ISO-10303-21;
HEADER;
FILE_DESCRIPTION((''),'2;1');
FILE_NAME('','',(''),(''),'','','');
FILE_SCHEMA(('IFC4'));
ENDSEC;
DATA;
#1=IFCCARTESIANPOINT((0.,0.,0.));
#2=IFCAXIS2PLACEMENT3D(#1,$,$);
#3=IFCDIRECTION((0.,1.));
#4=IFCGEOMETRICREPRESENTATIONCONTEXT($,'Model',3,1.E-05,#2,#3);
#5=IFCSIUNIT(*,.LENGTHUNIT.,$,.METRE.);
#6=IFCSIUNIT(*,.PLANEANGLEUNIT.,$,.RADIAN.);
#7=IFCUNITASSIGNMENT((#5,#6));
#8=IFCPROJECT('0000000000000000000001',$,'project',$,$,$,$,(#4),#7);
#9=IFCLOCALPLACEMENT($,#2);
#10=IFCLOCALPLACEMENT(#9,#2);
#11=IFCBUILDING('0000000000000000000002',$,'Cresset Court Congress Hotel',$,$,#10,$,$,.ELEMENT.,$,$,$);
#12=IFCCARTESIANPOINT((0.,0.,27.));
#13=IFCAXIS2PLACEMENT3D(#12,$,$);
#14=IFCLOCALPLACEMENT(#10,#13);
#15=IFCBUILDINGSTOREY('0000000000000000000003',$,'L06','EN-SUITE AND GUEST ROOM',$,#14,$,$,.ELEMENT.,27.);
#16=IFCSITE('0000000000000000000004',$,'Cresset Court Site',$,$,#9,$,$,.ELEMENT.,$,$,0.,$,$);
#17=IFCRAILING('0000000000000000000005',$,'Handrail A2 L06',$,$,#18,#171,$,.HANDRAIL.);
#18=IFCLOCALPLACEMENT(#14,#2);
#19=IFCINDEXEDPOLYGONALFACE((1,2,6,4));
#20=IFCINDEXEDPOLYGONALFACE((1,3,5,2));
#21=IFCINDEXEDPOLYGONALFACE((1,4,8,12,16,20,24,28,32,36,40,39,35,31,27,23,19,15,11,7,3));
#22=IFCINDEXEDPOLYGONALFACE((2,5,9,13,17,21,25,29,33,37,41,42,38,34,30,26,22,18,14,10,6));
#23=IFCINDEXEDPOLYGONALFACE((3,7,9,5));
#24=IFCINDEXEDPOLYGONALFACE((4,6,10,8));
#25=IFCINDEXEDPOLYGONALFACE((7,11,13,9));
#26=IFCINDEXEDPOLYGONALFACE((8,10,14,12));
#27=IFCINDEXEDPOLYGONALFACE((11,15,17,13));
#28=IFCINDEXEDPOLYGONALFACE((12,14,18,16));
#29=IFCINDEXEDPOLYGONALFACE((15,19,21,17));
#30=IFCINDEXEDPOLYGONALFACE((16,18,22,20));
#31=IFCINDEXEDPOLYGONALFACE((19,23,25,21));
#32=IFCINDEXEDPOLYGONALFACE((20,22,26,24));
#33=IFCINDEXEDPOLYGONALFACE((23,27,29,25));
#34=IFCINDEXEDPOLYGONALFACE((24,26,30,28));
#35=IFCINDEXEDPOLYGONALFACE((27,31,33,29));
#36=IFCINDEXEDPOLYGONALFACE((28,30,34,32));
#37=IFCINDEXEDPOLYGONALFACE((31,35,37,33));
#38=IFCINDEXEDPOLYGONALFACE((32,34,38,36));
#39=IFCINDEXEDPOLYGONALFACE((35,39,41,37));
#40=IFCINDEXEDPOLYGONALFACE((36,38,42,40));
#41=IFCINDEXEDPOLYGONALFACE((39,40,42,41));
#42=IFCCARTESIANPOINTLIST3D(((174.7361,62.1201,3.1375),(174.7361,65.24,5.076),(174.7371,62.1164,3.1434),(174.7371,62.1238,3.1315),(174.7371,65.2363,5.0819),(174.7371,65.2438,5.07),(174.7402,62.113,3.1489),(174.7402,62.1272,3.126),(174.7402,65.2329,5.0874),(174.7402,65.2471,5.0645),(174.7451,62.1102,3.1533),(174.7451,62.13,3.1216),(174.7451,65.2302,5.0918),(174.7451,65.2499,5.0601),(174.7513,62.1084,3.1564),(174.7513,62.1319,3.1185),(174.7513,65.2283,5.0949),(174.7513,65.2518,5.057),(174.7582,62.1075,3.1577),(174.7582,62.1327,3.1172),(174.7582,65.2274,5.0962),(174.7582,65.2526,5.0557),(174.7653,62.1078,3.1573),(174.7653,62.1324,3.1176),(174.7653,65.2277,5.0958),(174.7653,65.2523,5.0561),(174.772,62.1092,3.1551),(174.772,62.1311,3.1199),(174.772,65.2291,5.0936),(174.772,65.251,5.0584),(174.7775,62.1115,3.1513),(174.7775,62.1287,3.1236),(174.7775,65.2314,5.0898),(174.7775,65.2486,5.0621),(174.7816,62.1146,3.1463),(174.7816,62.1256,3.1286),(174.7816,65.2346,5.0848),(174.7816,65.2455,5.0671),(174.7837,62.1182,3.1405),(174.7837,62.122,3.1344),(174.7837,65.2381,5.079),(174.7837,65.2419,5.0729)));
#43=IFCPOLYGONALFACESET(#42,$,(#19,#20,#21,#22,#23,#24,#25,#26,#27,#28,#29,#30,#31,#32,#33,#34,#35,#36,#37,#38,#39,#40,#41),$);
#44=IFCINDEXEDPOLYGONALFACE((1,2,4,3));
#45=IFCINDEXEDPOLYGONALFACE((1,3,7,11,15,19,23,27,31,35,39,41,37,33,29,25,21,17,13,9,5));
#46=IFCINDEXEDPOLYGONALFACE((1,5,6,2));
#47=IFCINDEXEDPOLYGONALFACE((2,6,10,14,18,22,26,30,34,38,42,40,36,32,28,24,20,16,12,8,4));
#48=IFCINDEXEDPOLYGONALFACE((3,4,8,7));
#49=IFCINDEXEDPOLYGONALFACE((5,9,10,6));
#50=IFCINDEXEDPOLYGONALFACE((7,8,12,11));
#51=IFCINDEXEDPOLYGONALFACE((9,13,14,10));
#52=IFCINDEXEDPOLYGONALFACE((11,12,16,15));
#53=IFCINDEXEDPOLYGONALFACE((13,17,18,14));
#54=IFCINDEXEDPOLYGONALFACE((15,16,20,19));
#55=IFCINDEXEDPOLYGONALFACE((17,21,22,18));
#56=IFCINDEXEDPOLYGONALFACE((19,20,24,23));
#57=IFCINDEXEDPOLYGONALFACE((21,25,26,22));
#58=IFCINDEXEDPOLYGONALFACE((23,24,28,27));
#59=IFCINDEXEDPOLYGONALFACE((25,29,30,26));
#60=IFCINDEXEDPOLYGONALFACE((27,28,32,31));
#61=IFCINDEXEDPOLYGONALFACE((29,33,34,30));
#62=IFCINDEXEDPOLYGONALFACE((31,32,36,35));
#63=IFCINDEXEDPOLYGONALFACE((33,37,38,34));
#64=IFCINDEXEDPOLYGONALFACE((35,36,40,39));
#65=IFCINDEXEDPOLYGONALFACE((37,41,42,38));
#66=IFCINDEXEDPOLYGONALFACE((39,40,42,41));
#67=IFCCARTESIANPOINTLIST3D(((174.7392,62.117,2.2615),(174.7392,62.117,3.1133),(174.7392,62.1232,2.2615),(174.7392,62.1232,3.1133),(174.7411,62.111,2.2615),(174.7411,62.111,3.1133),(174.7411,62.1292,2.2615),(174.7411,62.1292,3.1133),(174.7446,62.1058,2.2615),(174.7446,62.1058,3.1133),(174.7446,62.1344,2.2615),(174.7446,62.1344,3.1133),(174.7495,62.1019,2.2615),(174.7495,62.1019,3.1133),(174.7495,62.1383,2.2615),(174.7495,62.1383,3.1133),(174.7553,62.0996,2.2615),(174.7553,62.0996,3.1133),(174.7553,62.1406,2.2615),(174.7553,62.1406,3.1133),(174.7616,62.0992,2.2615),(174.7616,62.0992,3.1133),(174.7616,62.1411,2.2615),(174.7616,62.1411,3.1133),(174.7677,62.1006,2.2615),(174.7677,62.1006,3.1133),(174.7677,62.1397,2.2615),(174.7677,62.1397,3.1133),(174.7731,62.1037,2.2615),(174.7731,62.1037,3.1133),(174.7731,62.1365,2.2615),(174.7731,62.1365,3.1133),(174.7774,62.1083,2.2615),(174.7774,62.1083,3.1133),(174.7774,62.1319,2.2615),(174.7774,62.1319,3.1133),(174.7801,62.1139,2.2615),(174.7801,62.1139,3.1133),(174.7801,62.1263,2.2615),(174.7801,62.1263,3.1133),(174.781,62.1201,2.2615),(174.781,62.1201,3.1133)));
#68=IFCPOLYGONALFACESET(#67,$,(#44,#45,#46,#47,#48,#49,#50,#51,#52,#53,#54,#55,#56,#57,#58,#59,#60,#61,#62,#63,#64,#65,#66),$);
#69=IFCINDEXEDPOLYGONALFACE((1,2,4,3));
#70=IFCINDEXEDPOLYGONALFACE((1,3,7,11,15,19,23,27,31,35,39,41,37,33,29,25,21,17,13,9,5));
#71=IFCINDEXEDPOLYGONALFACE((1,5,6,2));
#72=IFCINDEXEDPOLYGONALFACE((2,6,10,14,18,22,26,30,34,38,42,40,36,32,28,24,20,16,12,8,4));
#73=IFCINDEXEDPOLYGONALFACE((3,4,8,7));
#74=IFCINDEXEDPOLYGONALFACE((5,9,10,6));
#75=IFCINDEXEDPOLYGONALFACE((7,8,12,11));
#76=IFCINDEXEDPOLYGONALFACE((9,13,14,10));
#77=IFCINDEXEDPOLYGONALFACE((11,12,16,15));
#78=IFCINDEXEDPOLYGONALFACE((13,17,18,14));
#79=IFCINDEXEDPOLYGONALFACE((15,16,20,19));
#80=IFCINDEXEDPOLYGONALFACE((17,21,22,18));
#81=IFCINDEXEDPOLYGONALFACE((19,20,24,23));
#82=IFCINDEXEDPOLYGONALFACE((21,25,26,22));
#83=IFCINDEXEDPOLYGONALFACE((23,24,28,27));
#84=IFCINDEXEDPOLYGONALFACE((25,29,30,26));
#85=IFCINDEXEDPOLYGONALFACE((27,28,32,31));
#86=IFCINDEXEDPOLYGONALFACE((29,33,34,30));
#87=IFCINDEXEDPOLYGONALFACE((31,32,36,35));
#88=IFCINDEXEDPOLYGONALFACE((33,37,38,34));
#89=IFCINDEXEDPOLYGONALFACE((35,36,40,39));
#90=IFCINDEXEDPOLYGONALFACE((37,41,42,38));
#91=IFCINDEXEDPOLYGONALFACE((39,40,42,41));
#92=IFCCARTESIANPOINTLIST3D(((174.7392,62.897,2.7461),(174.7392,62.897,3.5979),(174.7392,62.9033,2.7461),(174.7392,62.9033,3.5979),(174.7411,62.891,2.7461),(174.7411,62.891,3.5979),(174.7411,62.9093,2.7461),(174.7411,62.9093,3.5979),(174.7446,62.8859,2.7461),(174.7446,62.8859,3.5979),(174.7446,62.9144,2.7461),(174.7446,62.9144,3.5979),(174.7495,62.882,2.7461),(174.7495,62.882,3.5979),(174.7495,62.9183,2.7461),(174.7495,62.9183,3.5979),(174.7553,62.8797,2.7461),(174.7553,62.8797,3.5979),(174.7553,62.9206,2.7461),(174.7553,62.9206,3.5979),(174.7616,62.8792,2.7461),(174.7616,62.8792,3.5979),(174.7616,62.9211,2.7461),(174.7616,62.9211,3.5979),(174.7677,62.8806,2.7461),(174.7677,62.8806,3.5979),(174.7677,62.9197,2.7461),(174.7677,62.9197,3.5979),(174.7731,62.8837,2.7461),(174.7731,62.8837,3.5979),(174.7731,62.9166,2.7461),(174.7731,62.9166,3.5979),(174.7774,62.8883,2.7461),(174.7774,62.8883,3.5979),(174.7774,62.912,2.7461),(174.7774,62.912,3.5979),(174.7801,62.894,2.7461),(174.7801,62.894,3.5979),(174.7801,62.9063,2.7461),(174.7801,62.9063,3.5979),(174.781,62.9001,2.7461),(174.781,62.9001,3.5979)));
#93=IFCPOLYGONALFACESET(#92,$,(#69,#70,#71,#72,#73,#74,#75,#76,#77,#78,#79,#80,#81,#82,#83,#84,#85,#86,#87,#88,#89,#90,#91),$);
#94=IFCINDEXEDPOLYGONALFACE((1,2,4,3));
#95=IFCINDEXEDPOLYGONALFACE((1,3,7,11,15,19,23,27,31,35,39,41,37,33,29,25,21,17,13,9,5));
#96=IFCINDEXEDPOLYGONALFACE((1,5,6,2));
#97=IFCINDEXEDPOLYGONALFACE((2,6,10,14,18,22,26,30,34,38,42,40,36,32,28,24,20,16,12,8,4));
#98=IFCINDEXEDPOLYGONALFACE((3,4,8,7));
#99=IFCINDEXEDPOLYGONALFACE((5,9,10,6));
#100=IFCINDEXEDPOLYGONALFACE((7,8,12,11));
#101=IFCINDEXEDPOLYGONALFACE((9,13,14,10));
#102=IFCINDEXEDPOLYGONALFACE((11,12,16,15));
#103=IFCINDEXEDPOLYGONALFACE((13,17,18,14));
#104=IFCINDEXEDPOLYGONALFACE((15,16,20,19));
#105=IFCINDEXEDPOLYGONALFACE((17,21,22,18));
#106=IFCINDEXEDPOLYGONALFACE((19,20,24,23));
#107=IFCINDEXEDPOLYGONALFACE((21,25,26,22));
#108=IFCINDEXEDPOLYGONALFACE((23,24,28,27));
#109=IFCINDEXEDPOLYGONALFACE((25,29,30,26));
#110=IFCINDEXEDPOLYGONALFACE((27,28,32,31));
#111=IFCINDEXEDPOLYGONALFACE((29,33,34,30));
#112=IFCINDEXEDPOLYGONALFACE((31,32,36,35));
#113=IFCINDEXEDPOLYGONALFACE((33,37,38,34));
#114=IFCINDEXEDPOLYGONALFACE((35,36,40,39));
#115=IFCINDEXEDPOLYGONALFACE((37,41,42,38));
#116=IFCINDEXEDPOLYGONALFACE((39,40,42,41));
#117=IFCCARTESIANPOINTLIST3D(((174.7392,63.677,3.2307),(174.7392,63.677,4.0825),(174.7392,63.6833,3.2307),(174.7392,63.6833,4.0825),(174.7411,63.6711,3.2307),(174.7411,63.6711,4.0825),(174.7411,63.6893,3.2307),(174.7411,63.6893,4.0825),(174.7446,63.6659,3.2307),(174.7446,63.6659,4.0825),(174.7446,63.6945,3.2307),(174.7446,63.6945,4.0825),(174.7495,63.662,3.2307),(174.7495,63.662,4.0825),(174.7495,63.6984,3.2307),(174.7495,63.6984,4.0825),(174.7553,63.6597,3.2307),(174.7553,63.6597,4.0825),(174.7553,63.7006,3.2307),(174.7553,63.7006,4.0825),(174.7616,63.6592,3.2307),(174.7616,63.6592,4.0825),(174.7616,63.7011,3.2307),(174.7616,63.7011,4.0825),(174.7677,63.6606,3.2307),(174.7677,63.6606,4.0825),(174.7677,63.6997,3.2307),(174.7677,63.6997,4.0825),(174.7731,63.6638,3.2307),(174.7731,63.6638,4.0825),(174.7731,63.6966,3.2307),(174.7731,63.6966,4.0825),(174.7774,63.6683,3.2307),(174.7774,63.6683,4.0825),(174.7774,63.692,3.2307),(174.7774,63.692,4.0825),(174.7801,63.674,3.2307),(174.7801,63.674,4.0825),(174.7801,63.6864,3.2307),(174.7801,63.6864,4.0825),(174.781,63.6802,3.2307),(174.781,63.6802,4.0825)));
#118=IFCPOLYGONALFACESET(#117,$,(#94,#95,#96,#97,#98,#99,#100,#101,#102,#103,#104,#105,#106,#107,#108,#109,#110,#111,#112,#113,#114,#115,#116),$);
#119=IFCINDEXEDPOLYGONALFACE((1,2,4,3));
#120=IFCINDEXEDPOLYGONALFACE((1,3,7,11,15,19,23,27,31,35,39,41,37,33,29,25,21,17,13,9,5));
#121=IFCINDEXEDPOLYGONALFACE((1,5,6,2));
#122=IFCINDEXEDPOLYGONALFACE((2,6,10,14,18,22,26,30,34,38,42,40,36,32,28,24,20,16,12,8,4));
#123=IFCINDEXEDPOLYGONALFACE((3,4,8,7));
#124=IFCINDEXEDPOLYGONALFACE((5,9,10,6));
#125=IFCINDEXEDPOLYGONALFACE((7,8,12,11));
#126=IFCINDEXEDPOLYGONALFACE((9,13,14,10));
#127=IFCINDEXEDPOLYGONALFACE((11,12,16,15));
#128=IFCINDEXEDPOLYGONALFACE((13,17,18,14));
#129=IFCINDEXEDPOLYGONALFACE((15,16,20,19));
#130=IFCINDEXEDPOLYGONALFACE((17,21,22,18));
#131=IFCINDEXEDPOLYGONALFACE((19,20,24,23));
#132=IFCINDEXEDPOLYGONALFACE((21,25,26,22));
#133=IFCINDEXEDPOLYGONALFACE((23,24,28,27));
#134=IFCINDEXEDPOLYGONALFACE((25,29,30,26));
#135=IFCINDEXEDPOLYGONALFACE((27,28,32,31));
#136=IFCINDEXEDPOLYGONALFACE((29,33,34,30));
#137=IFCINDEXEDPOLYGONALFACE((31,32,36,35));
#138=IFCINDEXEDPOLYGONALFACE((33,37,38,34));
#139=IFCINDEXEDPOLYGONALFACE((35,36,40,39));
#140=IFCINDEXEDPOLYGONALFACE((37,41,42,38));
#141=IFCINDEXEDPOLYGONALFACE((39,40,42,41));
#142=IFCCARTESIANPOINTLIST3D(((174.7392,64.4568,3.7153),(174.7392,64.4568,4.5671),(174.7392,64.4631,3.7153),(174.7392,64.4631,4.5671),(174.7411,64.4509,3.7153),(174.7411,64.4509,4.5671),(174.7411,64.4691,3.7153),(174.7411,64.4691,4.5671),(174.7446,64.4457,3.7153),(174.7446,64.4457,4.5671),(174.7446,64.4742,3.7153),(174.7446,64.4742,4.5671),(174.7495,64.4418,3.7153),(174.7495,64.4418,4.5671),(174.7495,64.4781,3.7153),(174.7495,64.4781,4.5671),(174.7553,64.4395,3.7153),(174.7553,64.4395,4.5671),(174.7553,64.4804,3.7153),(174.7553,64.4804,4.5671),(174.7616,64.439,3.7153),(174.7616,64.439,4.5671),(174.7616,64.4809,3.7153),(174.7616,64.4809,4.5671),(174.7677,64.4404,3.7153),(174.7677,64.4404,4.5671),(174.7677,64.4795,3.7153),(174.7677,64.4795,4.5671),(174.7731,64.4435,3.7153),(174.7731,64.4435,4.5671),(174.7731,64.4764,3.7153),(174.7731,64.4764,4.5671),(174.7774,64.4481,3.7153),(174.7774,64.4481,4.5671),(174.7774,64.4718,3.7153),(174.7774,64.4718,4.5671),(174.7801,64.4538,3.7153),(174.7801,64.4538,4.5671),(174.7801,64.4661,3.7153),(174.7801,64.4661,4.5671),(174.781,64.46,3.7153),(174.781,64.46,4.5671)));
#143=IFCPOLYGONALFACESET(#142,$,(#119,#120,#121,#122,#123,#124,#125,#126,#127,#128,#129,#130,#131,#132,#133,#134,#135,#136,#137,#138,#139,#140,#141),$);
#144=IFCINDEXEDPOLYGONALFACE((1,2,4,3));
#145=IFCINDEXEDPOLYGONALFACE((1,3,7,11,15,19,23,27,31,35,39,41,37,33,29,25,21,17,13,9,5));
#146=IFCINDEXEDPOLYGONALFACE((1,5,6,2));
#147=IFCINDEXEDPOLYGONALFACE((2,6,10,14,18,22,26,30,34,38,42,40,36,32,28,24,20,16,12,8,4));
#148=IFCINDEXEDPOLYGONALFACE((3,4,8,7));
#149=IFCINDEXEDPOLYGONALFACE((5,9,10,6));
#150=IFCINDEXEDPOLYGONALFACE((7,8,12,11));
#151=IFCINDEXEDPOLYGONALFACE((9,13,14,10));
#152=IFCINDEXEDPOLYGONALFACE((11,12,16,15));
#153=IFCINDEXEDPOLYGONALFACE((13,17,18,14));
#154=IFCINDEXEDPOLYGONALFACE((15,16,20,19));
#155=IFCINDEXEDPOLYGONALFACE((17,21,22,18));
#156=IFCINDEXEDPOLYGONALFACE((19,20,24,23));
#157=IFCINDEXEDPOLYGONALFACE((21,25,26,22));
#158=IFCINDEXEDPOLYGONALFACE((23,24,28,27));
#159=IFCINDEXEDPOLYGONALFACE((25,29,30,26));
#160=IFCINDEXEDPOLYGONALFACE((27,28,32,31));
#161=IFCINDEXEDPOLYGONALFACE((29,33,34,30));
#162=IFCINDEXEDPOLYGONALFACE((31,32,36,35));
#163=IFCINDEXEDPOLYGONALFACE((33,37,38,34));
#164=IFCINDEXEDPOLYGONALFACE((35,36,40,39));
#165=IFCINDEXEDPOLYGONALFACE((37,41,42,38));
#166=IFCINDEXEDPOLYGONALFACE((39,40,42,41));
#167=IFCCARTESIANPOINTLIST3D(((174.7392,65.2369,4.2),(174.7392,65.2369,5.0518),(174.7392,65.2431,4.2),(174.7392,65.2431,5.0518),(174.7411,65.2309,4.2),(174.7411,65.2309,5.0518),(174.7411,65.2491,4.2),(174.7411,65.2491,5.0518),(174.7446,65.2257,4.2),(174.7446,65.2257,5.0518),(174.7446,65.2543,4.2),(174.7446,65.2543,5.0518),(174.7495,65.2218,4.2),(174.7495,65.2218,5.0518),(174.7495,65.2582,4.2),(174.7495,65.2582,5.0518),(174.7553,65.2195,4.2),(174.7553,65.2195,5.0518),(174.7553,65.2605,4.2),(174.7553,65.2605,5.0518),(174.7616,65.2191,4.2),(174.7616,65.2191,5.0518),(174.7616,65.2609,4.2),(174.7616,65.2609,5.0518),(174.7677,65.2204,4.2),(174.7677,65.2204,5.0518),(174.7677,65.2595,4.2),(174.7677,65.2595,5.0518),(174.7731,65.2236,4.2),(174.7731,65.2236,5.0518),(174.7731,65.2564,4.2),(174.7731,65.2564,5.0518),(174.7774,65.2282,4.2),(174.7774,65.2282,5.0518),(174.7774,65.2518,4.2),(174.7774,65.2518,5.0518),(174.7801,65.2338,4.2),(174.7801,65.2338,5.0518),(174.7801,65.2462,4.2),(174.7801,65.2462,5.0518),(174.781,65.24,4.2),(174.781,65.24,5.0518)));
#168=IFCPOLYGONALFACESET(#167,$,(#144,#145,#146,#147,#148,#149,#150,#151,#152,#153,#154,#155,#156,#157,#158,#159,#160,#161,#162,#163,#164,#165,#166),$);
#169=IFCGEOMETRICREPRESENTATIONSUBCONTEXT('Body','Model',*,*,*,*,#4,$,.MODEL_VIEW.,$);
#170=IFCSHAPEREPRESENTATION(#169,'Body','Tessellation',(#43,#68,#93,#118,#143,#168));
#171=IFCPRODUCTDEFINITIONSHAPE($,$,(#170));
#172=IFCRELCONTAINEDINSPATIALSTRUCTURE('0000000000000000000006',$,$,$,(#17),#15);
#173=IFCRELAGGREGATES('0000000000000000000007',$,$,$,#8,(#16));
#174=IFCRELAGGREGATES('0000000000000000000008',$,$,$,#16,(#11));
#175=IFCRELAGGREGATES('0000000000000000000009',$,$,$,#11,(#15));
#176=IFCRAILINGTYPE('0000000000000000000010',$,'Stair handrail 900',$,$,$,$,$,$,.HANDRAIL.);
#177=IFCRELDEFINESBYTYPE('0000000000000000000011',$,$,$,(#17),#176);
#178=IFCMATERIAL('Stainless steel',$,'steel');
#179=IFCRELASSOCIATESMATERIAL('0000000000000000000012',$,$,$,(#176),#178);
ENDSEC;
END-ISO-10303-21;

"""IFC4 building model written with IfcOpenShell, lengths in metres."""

from ifc_helpers import new_model, si_unit, direction, frame, origin, origin_2d, place, context, subcontext, project, spatial, circle, extrude, material, type_object, element, save


model = new_model("IFC4")

# Units and contexts
model_context = context("Model", 3, precision=1e-05, world=origin(), true_north=direction((0.0, 1.0)))
body_context = subcontext(model_context, "Body", "Model", "MODEL_VIEW")
ifc_project = project(units=[si_unit("LENGTHUNIT", "METRE"), si_unit("PLANEANGLEUNIT", "RADIAN")], contexts=[model_context])

# Site, building, storey
site_placement = place(None, origin())
site = spatial("IfcSite", under=ifc_project, at=site_placement, Name="Cresset Court Site", CompositionType="ELEMENT", RefElevation=0.0)
building_placement = place(site_placement, origin())
building = spatial("IfcBuilding", under=site, at=building_placement, Name="Cresset Court Congress Hotel", CompositionType="ELEMENT")
storey_placement = place(building_placement, frame((0.0, 0.0, 27.0)))
storey = spatial("IfcBuildingStorey", under=building, at=storey_placement, Name="L06", Description="EN-SUITE AND GUEST ROOM", CompositionType="ELEMENT", Elevation=27.0)

# Railing
ifc_material_1 = material(Name="Stainless steel", Category="steel")
railing_type_1 = type_object("IfcRailingType", Name="Stair handrail 900", PredefinedType="HANDRAIL", material=ifc_material_1)
for number, where, name in (
    (1, (174.76, 62.1201, 2.2615), "Handrail A2 L06"),
):
    element("IfcRailing", number, at=place(storey_placement, frame(where)), inside=storey, type_object=railing_type_1, Name=name, PredefinedType="HANDRAIL", context=body_context, shape_type="SweptSolid", body=[
        extrude(circle(Radius=0.0239, at=origin_2d()), frame((0.0, 0.0, 0.876), z_axis=(0.0, 0.849396, 0.527757), x_axis=(-1.0, 0.0, 0.0)), (0.0, 0.0, 1.0), 3.6731),
        extrude(circle(Radius=0.021, at=origin_2d()), origin(), (0.0, 0.0, 1.0), 0.8518),
        extrude(circle(Radius=0.021, at=origin_2d()), frame((0.0, 0.78, 0.4846)), (0.0, 0.0, 1.0), 0.8518),
        extrude(circle(Radius=0.021, at=origin_2d()), frame((0.0, 1.5601, 0.9692)), (0.0, 0.0, 1.0), 0.8518),
        extrude(circle(Radius=0.021, at=origin_2d()), frame((0.0, 2.3398, 1.4539)), (0.0, 0.0, 1.0), 0.8518),
        extrude(circle(Radius=0.021, at=origin_2d()), frame((0.0, 3.1199, 1.9385)), (0.0, 0.0, 1.0), 0.8518),
    ])

save(model, "model.ifc")
